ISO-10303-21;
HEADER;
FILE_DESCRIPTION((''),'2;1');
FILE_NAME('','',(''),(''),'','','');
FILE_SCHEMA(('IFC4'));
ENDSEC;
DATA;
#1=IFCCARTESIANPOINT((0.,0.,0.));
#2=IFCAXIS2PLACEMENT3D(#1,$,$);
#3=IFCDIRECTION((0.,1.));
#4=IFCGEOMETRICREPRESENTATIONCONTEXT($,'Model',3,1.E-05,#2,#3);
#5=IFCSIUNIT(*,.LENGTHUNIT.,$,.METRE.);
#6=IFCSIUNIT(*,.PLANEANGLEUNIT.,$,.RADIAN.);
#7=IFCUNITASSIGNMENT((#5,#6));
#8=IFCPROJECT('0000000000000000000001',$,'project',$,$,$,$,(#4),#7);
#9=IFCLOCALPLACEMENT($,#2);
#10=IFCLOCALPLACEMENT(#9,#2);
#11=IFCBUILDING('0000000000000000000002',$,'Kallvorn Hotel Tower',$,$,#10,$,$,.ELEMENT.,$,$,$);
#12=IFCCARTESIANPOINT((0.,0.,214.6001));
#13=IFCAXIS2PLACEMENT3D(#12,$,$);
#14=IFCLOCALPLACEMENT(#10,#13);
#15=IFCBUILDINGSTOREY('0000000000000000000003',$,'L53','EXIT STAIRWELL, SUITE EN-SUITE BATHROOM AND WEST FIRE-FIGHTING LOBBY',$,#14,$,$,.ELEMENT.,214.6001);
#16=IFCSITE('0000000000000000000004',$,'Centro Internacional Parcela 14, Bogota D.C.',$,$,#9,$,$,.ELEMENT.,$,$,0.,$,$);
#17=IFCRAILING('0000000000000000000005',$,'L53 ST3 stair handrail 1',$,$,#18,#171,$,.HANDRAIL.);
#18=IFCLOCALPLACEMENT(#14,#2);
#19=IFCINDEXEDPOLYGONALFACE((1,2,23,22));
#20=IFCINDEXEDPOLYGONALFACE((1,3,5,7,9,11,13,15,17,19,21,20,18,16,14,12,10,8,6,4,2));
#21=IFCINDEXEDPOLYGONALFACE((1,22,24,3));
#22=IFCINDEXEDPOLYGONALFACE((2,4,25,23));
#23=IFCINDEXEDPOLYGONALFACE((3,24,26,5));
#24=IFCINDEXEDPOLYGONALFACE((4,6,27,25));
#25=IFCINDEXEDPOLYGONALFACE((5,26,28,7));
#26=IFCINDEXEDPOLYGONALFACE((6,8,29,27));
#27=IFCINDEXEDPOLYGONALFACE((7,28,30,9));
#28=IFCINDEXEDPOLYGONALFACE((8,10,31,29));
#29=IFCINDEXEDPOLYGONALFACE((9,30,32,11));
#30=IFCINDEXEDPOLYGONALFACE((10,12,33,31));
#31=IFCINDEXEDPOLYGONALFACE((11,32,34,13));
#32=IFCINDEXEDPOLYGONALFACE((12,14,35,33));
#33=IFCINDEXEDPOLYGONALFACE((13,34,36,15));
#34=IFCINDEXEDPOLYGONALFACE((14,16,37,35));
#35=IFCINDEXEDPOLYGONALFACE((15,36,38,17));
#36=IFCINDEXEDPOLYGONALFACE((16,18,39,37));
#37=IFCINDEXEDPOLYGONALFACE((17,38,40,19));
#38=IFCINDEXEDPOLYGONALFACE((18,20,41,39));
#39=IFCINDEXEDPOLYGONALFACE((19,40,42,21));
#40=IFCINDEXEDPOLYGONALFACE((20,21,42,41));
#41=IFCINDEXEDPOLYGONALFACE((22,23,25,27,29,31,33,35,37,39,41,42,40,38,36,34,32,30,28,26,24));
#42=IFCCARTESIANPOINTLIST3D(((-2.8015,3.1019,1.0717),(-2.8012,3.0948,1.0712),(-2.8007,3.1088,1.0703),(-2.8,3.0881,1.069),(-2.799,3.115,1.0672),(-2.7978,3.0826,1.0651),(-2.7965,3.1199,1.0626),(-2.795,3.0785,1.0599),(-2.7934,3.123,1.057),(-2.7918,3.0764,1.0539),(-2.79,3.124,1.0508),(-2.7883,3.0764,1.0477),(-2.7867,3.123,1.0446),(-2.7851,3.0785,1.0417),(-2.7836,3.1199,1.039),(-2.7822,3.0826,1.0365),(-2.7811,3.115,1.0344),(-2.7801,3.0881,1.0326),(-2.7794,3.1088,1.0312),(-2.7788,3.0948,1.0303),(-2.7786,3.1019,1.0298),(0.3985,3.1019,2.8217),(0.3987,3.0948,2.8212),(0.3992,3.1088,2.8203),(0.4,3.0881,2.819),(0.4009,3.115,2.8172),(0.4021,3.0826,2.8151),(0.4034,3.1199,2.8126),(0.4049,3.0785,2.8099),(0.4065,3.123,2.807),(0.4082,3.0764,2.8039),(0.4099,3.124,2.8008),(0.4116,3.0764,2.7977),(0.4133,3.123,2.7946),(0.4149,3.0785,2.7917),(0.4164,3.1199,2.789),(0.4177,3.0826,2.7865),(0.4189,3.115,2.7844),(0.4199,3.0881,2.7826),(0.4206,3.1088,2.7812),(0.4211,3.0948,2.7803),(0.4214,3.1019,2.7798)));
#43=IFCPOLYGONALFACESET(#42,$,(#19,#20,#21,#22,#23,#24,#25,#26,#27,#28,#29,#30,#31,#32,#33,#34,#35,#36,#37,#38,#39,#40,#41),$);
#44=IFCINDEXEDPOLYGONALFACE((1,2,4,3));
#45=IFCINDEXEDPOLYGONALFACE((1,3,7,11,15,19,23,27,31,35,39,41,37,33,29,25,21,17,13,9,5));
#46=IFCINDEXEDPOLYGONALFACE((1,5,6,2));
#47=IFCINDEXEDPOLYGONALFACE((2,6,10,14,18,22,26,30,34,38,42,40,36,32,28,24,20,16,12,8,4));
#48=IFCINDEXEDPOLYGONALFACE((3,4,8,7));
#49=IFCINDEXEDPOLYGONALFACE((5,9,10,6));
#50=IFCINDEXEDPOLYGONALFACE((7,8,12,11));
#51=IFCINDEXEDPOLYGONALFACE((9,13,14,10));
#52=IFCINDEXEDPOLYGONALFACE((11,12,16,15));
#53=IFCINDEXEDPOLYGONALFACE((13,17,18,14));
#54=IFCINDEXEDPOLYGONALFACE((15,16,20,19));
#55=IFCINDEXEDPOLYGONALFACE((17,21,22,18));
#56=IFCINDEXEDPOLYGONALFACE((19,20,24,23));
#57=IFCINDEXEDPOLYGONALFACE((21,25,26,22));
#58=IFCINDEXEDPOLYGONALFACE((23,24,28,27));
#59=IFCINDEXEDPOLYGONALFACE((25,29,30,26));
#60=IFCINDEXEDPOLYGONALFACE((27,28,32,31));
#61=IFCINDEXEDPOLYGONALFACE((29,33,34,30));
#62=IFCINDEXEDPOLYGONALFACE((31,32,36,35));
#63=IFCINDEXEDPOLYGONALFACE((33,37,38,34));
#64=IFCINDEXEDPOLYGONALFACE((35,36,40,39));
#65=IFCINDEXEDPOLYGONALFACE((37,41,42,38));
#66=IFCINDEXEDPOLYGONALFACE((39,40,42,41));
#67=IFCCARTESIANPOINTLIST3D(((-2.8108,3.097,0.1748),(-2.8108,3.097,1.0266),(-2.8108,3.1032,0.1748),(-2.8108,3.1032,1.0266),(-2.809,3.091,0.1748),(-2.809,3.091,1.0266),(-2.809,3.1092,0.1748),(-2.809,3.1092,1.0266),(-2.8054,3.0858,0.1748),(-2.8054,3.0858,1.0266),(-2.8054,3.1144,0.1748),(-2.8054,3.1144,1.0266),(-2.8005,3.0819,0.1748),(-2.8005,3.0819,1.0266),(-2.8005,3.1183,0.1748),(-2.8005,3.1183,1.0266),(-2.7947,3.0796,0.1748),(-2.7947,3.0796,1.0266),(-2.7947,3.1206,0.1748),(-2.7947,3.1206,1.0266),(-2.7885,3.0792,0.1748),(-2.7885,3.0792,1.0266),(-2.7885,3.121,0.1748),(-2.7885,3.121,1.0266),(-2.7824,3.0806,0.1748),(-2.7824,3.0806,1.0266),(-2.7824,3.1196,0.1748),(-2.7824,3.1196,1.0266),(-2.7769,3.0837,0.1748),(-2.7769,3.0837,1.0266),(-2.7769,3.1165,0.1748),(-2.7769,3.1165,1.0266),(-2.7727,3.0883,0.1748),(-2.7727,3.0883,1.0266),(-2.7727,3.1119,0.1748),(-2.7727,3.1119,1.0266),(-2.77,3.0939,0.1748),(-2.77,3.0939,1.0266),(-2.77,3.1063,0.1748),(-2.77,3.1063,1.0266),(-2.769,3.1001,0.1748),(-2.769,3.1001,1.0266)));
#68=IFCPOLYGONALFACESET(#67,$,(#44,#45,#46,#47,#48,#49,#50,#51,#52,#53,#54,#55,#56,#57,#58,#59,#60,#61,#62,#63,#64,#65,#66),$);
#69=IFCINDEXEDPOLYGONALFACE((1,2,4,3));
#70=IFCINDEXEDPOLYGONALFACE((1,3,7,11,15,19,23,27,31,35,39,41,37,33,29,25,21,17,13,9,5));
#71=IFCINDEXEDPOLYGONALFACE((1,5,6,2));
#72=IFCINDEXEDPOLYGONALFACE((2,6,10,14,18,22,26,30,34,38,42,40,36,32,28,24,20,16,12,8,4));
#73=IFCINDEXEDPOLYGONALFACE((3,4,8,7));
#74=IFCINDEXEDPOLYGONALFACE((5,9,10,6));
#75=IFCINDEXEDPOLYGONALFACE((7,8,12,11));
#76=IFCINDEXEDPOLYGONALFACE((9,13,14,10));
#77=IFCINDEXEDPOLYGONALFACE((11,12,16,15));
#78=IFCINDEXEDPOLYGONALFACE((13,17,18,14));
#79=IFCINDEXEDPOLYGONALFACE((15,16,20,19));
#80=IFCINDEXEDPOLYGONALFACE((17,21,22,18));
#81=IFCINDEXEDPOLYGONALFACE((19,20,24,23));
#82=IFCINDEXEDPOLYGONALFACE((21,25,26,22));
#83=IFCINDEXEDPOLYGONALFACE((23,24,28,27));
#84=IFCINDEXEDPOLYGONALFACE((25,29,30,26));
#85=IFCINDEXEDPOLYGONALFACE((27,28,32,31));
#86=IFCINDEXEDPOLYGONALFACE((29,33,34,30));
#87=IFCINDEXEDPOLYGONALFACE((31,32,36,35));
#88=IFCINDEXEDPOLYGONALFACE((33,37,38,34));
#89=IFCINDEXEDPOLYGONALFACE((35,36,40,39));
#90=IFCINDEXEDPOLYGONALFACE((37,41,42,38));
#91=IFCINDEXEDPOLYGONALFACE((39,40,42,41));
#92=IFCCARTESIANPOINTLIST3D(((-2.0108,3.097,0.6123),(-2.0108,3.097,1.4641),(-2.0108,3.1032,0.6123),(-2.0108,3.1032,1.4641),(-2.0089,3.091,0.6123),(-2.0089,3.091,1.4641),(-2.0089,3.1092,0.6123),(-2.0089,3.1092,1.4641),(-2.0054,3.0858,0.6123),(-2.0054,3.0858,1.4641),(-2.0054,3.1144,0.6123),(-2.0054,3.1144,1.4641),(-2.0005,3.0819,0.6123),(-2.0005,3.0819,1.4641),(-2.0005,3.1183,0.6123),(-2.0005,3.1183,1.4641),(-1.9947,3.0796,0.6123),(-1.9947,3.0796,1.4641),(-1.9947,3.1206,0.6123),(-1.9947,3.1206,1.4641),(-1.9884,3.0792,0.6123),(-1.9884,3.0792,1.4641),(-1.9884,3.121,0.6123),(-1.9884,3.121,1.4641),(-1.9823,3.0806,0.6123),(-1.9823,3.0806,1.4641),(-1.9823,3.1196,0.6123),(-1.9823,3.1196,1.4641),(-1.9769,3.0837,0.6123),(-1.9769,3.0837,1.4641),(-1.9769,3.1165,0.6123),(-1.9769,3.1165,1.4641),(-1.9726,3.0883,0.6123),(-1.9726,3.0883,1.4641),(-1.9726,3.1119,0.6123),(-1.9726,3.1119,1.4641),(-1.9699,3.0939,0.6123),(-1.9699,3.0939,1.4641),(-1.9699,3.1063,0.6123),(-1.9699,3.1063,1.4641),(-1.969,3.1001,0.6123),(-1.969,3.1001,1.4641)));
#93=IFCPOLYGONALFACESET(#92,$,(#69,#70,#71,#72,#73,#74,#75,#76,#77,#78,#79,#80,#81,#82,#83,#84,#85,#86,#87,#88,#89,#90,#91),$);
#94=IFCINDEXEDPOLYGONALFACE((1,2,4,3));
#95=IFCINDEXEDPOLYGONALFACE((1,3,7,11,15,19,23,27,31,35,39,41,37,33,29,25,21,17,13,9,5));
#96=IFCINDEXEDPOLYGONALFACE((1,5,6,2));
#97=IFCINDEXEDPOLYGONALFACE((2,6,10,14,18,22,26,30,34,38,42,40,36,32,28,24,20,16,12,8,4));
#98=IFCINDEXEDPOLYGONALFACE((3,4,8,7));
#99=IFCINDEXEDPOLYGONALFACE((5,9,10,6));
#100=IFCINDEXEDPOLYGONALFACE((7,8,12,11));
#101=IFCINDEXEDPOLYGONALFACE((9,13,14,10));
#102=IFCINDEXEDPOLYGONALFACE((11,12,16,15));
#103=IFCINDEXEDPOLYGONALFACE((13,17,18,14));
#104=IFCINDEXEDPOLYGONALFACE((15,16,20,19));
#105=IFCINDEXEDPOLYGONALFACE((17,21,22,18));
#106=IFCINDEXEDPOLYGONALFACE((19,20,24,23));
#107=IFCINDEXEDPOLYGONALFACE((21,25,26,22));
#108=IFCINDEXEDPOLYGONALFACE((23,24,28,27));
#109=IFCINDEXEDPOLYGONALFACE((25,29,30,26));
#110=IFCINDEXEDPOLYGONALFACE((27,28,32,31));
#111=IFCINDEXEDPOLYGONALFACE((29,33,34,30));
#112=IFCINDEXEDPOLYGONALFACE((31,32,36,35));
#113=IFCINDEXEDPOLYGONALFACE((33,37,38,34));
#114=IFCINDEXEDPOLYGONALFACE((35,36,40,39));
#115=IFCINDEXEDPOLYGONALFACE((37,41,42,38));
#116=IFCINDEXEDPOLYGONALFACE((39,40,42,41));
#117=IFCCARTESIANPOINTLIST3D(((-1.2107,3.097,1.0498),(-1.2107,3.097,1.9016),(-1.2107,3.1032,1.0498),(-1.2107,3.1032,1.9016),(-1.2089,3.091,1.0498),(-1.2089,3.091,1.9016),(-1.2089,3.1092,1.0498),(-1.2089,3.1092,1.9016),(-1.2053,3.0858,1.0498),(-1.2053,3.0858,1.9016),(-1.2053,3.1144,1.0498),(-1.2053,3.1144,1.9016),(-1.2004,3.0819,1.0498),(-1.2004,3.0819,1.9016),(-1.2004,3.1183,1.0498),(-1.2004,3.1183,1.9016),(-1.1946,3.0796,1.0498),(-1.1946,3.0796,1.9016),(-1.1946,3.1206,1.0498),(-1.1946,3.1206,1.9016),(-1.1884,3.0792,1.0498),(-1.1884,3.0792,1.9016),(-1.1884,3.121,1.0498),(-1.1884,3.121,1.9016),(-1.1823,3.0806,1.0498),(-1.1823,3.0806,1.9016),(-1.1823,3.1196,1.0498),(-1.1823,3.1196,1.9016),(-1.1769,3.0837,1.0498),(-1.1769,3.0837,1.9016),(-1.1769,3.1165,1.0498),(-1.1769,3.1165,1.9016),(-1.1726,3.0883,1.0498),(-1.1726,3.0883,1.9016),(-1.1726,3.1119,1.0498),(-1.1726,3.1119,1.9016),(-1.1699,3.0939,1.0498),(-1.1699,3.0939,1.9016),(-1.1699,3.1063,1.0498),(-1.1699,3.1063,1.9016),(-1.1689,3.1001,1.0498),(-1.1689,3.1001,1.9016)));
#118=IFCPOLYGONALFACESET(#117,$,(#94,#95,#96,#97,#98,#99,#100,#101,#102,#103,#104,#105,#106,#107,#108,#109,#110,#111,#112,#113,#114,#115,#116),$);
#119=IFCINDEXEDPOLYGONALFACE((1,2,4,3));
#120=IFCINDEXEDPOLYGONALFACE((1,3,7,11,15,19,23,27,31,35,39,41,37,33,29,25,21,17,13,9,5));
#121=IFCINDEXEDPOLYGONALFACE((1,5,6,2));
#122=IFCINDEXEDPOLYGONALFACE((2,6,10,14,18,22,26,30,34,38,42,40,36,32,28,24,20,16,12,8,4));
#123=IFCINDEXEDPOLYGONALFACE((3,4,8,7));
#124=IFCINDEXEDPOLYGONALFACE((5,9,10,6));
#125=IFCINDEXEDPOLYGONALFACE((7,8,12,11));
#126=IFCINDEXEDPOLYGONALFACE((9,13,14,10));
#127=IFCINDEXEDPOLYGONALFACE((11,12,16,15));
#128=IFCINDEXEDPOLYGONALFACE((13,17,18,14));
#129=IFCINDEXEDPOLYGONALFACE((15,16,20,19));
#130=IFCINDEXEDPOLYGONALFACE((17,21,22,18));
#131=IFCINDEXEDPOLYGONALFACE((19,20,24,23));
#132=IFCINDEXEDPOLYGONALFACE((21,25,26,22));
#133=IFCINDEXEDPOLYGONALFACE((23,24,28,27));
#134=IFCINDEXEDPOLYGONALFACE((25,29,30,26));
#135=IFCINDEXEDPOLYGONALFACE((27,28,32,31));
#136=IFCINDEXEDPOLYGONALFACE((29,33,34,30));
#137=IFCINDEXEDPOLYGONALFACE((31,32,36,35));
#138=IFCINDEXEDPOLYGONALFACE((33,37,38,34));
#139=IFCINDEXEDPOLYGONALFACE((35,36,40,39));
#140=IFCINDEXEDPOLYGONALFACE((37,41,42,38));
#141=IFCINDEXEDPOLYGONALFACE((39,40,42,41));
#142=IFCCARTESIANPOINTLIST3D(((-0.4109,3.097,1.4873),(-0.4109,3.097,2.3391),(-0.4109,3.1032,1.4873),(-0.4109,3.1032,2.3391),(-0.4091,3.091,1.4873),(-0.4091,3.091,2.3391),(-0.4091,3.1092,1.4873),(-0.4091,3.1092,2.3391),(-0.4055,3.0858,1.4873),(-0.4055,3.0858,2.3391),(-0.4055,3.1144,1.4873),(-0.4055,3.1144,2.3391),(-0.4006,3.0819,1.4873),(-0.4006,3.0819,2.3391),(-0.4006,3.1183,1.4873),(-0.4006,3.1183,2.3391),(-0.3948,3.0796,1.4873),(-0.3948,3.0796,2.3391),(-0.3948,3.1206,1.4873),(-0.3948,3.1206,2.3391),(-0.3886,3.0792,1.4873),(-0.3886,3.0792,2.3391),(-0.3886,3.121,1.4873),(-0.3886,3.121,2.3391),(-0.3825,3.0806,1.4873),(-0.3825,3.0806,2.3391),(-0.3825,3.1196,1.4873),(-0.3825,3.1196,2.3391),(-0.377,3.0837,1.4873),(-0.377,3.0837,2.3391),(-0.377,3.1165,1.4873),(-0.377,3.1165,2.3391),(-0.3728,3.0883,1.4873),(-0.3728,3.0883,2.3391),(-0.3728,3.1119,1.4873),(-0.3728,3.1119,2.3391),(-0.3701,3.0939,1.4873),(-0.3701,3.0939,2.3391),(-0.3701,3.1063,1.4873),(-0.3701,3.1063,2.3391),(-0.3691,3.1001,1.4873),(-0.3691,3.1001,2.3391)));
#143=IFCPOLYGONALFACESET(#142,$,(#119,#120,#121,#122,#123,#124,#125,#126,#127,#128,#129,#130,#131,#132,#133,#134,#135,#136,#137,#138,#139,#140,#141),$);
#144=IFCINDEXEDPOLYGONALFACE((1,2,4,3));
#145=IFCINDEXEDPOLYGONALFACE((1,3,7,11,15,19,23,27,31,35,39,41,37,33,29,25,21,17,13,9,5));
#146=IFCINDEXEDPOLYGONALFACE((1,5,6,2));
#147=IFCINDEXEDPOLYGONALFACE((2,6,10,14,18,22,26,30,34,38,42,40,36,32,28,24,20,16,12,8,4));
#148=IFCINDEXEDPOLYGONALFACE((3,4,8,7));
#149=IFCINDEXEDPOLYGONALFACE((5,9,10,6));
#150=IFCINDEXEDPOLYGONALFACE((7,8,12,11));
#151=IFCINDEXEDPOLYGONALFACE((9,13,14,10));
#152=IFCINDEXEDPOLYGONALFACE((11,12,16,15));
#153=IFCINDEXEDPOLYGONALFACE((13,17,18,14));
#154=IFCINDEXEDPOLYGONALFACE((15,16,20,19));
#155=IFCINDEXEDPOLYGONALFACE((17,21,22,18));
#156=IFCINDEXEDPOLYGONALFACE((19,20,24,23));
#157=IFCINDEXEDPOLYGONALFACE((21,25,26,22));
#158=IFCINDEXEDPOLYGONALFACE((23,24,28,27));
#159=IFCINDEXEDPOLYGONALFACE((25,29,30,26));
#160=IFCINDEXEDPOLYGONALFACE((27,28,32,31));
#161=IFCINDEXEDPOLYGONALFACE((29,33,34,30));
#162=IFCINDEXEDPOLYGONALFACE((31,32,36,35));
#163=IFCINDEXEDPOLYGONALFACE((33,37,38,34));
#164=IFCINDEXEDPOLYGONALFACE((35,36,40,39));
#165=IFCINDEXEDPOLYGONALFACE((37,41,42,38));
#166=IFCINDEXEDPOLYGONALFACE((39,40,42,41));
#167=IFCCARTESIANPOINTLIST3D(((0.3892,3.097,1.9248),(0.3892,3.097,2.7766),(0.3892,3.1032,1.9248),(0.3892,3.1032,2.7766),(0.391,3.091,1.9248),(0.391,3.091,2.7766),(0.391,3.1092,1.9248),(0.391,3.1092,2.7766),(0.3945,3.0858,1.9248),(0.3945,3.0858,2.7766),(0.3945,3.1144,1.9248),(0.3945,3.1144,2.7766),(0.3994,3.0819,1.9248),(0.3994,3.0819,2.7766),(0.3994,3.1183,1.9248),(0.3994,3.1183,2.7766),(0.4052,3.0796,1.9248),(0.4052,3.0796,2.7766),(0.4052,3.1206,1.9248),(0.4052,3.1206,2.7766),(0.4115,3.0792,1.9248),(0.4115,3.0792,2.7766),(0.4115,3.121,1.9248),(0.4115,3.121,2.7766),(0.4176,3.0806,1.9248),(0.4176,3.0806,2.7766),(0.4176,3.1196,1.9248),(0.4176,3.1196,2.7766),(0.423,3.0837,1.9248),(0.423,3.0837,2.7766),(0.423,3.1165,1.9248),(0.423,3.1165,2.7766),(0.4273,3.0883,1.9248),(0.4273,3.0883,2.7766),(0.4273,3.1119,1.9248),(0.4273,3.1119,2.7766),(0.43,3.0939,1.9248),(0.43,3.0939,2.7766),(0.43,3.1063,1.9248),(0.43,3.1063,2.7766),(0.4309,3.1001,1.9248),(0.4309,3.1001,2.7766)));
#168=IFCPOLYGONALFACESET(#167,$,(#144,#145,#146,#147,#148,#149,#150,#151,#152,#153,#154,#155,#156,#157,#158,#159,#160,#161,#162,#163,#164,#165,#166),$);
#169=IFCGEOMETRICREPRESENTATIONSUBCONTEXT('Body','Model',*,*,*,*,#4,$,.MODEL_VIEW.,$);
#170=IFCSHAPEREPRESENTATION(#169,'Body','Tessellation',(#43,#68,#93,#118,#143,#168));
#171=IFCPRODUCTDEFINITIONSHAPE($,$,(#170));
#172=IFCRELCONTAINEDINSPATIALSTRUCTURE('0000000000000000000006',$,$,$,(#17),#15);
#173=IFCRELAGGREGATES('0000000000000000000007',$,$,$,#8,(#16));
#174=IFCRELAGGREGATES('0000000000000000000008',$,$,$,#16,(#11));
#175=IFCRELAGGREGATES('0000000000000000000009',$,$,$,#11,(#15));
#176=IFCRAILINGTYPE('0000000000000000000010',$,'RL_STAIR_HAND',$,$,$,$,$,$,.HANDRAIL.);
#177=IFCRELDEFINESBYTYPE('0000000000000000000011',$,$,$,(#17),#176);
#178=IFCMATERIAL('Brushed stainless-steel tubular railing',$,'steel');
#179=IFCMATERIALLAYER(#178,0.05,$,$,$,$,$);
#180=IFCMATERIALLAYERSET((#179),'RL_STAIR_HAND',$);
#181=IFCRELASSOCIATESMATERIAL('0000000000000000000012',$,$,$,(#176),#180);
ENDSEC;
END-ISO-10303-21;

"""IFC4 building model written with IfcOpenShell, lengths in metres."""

from ifc_helpers import new_model, si_unit, direction, frame, origin, origin_2d, place, context, subcontext, project, spatial, circle, extrude, material, layer, layer_set, type_object, element, save


model = new_model("IFC4")

# Units and contexts
model_context = context("Model", 3, precision=1e-05, world=origin(), true_north=direction((0.0, 1.0)))
body_context = subcontext(model_context, "Body", "Model", "MODEL_VIEW")
ifc_project = project(units=[si_unit("LENGTHUNIT", "METRE"), si_unit("PLANEANGLEUNIT", "RADIAN")], contexts=[model_context])

# Site, building, storey
site_placement = place(None, origin())
site = spatial("IfcSite", under=ifc_project, at=site_placement, Name="Centro Internacional Parcela 14, Bogota D.C.", CompositionType="ELEMENT", RefElevation=0.0)
building_placement = place(site_placement, origin())
building = spatial("IfcBuilding", under=site, at=building_placement, Name="Kallvorn Hotel Tower", CompositionType="ELEMENT")
storey_placement = place(building_placement, frame((0.0, 0.0, 214.6001)))
storey = spatial("IfcBuildingStorey", under=building, at=storey_placement, Name="L53", Description="EXIT STAIRWELL, SUITE EN-SUITE BATHROOM AND WEST FIRE-FIGHTING LOBBY", CompositionType="ELEMENT", Elevation=214.6001)

# Railing
ifc_material_1 = material(Name="Brushed stainless-steel tubular railing", Category="steel")
ifc_layer_1 = layer(ifc_material_1, 0.05)
ifc_layer_set_1 = layer_set([ifc_layer_1], Name="RL_STAIR_HAND")
railing_type_1 = type_object("IfcRailingType", Name="RL_STAIR_HAND", PredefinedType="HANDRAIL", material=ifc_layer_set_1)
railing_1_placement = place(storey_placement, frame((-2.79, 3.1001, 0.1748)))
element("IfcRailing", 1, at=railing_1_placement, inside=storey, type_object=railing_type_1, Name="L53 ST3 stair handrail 1", PredefinedType="HANDRAIL", context=body_context, shape_type="SweptSolid", body=[
    extrude(circle(Radius=0.0239, at=origin_2d()), frame((0.0, 0.0, 0.876), z_axis=(0.877368, 0.0, 0.479818), x_axis=(0.0, 1.0, 0.0)), (0.0, 0.0, 1.0), 3.6472),
    extrude(circle(Radius=0.021, at=origin_2d()), origin(), (0.0, 0.0, 1.0), 0.8518),
    extrude(circle(Radius=0.021, at=origin_2d()), frame((0.8, 0.0, 0.4375)), (0.0, 0.0, 1.0), 0.8518),
    extrude(circle(Radius=0.021, at=origin_2d()), frame((1.6001, 0.0, 0.875)), (0.0, 0.0, 1.0), 0.8518),
    extrude(circle(Radius=0.021, at=origin_2d()), frame((2.3999, 0.0, 1.3125)), (0.0, 0.0, 1.0), 0.8518),
    extrude(circle(Radius=0.021, at=origin_2d()), frame((3.2, 0.0, 1.75)), (0.0, 0.0, 1.0), 0.8518),
])

save(model, "model.ifc")
